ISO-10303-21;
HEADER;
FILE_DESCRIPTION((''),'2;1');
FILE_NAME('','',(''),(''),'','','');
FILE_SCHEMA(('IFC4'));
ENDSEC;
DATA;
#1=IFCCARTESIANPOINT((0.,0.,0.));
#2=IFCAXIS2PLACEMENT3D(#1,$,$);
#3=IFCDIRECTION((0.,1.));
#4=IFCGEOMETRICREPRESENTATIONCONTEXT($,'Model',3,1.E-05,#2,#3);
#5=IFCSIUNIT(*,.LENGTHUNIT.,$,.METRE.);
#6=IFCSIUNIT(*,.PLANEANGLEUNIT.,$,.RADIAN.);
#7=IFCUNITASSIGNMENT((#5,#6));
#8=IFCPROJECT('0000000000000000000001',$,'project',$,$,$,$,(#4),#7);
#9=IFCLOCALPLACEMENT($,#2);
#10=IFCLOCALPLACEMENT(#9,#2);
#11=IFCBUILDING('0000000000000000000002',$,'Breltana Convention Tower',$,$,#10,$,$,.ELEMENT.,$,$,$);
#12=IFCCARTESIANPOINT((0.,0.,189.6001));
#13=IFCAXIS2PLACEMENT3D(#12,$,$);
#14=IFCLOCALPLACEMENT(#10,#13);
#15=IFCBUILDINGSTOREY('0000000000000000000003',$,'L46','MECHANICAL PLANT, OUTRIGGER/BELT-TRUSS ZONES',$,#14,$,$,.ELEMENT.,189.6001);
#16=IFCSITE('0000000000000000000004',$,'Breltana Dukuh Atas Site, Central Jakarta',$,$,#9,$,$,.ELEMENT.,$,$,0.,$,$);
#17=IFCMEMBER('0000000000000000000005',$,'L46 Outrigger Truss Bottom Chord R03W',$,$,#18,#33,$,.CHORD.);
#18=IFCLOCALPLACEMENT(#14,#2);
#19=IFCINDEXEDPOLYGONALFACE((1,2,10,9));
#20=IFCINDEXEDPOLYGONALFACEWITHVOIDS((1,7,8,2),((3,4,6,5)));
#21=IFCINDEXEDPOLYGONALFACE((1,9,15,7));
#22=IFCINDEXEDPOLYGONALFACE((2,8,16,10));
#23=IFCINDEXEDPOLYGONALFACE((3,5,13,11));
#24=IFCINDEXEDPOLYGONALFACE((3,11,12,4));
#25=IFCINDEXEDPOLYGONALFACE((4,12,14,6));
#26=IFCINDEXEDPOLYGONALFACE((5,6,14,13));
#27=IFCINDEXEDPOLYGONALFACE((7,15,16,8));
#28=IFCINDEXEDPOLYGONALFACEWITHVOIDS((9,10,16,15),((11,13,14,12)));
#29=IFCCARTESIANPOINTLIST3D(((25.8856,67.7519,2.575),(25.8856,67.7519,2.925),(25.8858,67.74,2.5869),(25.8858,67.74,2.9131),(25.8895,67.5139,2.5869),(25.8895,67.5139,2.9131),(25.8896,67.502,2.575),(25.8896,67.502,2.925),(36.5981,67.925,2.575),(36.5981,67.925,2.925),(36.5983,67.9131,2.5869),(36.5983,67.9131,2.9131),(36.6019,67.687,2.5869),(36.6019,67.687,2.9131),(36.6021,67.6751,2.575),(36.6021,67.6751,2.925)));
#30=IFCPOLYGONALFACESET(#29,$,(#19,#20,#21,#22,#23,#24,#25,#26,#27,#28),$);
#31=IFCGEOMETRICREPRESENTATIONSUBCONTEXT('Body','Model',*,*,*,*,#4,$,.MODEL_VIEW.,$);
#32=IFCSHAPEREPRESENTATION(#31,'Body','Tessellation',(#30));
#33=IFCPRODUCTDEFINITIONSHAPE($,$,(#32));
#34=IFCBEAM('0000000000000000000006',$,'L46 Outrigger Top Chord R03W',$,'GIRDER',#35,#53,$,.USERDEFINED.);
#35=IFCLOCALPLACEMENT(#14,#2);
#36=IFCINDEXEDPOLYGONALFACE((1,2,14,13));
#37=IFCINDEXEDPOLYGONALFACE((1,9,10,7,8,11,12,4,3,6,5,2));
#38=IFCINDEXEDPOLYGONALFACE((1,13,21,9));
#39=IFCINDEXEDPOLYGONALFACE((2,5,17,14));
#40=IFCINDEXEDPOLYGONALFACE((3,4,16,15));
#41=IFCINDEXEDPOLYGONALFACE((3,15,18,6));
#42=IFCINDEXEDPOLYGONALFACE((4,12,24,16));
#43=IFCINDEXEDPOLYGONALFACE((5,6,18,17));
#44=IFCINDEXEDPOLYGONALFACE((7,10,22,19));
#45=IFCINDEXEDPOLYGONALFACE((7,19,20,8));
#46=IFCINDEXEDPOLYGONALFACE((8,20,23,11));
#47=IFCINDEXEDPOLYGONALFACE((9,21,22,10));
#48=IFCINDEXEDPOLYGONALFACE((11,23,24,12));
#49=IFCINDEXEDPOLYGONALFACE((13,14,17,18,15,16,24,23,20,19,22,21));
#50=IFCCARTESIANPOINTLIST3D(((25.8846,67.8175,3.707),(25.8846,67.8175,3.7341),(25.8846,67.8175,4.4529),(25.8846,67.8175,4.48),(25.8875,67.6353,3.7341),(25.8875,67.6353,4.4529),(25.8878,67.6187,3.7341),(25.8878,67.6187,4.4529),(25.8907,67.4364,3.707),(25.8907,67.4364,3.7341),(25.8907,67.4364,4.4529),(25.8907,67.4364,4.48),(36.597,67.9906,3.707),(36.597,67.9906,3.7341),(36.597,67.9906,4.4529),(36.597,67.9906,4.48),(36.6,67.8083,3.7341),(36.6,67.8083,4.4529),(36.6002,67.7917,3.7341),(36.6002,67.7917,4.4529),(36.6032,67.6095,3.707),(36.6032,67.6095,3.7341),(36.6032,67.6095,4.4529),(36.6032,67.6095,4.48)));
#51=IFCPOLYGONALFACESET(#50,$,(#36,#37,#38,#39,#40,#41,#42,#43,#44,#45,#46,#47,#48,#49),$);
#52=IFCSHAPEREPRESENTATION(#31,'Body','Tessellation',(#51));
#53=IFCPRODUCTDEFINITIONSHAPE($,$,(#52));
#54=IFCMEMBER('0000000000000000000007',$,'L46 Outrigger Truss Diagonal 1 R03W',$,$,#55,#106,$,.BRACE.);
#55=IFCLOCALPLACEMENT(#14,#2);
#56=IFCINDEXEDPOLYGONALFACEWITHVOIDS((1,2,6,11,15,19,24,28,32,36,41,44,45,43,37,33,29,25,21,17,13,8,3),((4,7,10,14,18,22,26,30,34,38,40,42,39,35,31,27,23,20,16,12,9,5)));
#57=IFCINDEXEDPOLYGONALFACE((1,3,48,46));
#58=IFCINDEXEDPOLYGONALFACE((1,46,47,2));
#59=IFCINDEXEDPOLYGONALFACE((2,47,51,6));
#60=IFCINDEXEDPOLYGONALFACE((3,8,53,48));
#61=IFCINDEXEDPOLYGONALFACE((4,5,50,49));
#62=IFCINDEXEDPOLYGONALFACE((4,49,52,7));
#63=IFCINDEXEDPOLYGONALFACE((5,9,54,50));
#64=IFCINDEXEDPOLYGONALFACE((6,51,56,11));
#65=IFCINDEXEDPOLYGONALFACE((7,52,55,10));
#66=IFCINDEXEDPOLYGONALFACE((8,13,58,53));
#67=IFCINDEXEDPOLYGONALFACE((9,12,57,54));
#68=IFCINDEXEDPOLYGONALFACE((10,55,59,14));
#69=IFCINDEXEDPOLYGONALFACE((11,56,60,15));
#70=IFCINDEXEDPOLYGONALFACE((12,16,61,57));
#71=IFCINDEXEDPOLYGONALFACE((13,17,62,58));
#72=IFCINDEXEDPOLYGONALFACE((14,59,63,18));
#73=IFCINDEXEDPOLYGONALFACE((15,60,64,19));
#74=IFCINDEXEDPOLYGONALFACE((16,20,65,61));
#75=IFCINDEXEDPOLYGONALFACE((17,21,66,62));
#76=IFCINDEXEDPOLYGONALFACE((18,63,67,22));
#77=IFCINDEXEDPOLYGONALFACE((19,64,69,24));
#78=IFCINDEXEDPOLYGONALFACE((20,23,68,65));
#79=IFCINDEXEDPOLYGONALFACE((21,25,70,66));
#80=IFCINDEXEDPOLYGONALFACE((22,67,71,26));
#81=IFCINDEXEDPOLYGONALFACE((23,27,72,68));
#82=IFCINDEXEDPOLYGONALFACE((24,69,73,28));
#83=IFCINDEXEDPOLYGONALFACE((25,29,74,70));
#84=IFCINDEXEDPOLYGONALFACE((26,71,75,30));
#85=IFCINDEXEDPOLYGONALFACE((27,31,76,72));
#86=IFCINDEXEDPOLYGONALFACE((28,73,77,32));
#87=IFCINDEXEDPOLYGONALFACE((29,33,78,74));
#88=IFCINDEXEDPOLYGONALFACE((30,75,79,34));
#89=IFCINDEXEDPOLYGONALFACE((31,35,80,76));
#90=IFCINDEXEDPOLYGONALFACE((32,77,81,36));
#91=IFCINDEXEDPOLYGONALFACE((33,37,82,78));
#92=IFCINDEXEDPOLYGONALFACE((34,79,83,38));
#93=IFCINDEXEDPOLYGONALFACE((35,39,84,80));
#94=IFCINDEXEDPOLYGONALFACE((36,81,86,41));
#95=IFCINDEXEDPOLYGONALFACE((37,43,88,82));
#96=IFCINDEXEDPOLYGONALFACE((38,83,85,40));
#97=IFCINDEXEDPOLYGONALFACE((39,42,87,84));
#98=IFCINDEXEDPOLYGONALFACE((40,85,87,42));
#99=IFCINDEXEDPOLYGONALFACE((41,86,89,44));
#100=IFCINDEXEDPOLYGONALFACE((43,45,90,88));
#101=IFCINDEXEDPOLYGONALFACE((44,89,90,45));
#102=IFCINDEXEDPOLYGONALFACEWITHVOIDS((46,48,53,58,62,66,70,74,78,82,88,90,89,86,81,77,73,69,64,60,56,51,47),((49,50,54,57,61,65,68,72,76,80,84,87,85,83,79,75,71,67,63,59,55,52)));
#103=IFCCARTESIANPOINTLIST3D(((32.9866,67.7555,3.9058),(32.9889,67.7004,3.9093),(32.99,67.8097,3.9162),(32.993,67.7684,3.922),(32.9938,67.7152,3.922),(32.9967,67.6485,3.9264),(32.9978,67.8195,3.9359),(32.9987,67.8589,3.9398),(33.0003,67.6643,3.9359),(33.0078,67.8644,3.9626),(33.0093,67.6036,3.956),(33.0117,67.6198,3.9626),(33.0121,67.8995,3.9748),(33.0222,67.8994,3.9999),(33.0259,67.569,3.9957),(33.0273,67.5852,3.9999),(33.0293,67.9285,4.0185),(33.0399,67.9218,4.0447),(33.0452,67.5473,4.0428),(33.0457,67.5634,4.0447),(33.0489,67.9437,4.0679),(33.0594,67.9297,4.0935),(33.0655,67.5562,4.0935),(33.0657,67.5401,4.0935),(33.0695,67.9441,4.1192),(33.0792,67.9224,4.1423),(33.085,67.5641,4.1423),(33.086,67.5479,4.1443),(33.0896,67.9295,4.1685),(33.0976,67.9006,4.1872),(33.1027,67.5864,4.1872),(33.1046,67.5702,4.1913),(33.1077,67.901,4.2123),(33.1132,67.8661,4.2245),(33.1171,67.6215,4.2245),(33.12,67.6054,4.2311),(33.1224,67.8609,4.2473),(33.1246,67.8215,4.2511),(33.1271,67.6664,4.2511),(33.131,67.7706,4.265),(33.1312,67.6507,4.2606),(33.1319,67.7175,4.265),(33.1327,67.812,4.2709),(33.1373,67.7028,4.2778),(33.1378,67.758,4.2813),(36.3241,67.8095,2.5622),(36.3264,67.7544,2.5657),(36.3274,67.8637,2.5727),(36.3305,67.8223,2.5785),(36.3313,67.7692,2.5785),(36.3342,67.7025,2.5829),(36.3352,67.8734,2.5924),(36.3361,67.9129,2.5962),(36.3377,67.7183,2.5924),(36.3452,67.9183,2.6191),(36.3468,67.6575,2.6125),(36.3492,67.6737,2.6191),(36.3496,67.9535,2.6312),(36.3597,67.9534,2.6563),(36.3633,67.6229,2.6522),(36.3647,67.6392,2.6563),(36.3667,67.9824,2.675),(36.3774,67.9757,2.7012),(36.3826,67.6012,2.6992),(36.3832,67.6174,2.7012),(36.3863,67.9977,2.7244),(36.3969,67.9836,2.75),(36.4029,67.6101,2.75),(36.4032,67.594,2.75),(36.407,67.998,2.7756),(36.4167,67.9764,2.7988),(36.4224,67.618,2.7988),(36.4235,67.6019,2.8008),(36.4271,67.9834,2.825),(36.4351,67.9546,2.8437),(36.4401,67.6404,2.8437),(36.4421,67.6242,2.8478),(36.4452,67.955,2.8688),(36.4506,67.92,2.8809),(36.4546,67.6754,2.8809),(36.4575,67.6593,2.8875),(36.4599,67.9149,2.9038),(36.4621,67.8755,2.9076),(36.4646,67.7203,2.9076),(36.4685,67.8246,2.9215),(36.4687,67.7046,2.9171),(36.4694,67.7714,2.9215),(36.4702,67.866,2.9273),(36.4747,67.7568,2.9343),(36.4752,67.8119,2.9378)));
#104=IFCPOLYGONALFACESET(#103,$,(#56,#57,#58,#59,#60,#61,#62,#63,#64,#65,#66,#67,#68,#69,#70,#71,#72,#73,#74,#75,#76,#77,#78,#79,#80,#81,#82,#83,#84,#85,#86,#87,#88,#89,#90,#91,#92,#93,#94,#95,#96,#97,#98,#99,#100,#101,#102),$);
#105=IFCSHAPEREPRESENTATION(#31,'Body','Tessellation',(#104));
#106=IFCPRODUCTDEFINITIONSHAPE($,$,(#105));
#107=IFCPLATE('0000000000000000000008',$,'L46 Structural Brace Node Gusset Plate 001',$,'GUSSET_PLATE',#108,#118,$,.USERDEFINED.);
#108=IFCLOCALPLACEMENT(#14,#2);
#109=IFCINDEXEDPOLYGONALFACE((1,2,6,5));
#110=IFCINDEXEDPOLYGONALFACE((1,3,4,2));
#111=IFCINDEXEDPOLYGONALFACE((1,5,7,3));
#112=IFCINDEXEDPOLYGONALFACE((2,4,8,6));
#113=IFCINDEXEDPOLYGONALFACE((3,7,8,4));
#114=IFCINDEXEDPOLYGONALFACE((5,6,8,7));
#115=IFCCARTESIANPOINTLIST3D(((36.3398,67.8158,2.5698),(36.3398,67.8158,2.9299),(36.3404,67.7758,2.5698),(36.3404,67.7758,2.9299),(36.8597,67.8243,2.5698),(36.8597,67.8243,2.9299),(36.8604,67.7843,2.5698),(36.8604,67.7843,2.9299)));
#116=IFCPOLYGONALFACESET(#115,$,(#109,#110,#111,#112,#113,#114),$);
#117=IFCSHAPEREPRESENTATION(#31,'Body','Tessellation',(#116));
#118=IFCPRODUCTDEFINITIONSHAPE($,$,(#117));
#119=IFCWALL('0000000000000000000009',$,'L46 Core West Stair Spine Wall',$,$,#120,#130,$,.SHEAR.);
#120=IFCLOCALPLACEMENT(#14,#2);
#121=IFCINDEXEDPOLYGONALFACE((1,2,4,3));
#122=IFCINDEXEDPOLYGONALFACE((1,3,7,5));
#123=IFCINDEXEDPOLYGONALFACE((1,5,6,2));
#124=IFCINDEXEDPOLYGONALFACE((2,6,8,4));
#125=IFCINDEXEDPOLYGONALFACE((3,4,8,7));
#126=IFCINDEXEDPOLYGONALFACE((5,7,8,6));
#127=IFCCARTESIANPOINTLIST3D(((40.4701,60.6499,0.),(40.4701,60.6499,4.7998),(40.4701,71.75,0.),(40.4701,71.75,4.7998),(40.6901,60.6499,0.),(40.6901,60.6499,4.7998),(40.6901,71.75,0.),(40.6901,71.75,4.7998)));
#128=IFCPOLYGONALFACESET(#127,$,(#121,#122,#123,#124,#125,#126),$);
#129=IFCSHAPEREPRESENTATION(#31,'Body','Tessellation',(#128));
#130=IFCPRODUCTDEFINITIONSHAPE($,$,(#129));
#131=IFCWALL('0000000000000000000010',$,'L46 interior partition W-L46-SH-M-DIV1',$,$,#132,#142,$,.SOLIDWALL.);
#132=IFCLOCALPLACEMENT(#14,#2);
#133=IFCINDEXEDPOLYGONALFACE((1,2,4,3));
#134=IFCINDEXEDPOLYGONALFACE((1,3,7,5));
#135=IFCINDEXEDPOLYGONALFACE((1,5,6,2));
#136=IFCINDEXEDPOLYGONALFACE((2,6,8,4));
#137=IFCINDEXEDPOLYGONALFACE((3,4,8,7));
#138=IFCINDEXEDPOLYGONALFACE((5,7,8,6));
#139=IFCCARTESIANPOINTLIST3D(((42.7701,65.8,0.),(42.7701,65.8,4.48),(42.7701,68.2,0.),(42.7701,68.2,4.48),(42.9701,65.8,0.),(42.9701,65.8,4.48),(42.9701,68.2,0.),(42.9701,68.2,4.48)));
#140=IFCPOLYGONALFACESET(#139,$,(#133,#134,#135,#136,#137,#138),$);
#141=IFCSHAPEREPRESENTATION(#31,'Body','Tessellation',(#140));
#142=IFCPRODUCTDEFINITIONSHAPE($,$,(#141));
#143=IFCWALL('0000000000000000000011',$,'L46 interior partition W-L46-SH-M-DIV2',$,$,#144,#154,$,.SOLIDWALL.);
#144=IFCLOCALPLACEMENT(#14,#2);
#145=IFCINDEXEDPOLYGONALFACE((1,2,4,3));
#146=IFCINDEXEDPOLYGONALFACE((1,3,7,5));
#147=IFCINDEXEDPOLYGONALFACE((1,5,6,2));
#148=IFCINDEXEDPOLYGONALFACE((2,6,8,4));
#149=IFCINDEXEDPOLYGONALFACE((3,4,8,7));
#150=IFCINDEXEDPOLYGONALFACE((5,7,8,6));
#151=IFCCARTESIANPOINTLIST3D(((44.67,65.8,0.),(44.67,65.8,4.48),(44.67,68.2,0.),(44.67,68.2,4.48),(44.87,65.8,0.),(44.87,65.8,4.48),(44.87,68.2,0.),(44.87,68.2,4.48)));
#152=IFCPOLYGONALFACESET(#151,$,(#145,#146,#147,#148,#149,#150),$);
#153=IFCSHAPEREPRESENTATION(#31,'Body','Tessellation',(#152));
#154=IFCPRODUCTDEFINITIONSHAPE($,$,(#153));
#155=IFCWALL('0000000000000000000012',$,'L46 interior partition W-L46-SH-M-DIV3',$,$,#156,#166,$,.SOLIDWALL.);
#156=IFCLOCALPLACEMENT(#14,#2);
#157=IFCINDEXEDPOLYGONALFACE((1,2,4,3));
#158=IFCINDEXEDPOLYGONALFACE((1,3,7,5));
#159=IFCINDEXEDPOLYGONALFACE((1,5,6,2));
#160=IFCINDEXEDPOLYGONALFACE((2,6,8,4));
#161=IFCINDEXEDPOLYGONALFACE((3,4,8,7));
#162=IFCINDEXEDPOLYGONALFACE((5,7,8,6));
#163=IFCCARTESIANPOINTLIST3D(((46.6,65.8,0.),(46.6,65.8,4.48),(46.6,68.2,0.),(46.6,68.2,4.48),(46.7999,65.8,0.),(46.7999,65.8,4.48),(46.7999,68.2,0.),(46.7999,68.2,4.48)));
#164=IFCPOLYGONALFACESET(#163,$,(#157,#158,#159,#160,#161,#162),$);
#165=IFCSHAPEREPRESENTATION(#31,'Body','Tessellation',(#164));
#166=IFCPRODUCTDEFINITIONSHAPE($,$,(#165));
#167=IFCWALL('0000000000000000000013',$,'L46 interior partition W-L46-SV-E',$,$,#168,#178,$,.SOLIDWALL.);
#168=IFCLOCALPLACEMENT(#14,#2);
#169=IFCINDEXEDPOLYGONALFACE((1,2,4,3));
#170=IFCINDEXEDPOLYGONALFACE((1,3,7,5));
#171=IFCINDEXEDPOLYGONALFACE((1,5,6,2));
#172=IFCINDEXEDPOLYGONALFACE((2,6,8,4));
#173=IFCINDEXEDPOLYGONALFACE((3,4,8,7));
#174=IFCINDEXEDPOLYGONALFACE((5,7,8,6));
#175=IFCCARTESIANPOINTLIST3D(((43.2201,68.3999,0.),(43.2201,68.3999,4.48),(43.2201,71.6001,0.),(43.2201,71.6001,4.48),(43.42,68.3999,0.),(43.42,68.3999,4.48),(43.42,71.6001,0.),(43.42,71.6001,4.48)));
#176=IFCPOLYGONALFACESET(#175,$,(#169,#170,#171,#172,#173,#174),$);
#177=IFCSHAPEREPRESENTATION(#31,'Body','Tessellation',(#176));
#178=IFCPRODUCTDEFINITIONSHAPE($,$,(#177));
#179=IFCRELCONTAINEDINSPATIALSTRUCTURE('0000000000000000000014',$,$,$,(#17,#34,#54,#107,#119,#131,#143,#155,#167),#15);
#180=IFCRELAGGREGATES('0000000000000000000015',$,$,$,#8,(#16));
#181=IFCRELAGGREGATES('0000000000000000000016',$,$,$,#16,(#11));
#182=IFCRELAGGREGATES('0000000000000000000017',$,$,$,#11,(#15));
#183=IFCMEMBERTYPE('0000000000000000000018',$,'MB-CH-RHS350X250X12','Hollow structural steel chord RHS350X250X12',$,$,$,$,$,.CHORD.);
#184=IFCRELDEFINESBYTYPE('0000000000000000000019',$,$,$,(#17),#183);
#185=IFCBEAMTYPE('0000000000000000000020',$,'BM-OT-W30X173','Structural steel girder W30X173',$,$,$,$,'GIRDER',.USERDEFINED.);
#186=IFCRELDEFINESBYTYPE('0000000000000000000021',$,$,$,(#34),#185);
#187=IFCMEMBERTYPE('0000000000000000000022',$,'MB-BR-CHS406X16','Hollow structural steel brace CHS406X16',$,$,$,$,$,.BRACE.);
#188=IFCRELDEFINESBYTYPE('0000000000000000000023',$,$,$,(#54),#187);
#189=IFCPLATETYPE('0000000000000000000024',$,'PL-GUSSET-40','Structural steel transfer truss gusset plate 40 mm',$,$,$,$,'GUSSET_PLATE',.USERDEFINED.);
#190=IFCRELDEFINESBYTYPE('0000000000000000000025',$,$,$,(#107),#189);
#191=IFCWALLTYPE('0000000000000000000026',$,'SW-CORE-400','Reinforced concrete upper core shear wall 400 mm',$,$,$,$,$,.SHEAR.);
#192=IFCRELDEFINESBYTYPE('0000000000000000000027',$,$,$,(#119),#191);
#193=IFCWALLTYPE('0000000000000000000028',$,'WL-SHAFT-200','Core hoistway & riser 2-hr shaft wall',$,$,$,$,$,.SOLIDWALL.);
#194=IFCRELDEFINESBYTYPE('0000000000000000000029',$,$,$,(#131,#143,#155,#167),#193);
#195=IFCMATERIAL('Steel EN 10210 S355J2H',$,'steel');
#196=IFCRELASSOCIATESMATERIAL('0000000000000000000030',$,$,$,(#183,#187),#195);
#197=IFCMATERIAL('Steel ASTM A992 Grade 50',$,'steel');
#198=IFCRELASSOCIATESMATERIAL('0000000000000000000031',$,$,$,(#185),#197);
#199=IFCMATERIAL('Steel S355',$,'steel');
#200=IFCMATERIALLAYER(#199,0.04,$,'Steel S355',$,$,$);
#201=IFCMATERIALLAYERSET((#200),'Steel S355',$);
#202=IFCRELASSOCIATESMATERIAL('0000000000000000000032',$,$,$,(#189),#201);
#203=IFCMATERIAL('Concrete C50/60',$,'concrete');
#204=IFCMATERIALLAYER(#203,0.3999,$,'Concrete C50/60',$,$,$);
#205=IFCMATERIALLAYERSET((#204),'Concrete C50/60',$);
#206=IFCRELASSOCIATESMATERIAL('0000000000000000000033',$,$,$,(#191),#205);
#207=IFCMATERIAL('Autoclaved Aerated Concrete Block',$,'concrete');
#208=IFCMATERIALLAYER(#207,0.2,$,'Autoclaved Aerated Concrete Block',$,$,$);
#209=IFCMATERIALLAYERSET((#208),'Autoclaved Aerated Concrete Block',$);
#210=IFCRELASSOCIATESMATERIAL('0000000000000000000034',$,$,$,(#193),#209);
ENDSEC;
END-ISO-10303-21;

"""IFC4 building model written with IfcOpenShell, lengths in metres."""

from ifc_helpers import new_model, si_unit, direction, frame, frame_2d, origin, origin_2d, place, context, subcontext, project, spatial, rectangle, hollow_rectangle, hollow_circle, i_section, extrude, source, transform, mapped, material, layer, layer_set, material_profile, profile_set, type_object, type_shapes, element, save


model = new_model("IFC4")

# Units and contexts
model_context = context("Model", 3, precision=1e-05, world=origin(), true_north=direction((0.0, 1.0)))
body_context = subcontext(model_context, "Body", "Model", "MODEL_VIEW")
ifc_project = project(units=[si_unit("LENGTHUNIT", "METRE"), si_unit("PLANEANGLEUNIT", "RADIAN")], contexts=[model_context])

# Site, building, storey
site_placement = place(None, origin())
site = spatial("IfcSite", under=ifc_project, at=site_placement, Name="Breltana Dukuh Atas Site, Central Jakarta", CompositionType="ELEMENT", RefElevation=0.0)
building_placement = place(site_placement, origin())
building = spatial("IfcBuilding", under=site, at=building_placement, Name="Breltana Convention Tower", CompositionType="ELEMENT")
storey_placement = place(building_placement, frame((0.0, 0.0, 189.6001)))
storey = spatial("IfcBuildingStorey", under=building, at=storey_placement, Name="L46", Description="MECHANICAL PLANT, OUTRIGGER/BELT-TRUSS ZONES", CompositionType="ELEMENT", Elevation=189.6001)

# Member
ifc_material_1 = material(Name="Steel EN 10210 S355J2H", Category="steel")
ifc_material_profile_1 = material_profile(ifc_material_1, hollow_rectangle(XDim=0.25, YDim=0.3501, WallThickness=0.012, at=origin_2d()), Name="RHS350X250X12")
ifc_profile_set_1 = profile_set([ifc_material_profile_1], Name="Steel EN 10210 S355J2H")
member_type_1 = type_object("IfcMemberType", Name="MB-CH-RHS350X250X12", Description="Hollow structural steel chord RHS350X250X12", PredefinedType="CHORD", material=ifc_profile_set_1)
shared_shape_1 = source(origin(), body_context, "Body", "SweptSolid", [
    extrude(hollow_rectangle(XDim=0.25, YDim=0.3501, WallThickness=0.012, at=origin_2d()), origin(), (0.0, 0.0, 1.0), 10.7139),
])
type_shapes(member_type_1, [shared_shape_1])
member_1_placement = place(storey_placement, frame((36.6001, 67.8, 2.75), z_axis=(-0.999869, -0.016156, 0.0), x_axis=(0.016156, -0.999869, 0.0)))
element("IfcMember", 1, at=member_1_placement, inside=storey, type_object=member_type_1, Name="L46 Outrigger Truss Bottom Chord R03W", PredefinedType="CHORD", context=body_context, shape_type="MappedRepresentation", body=[
    mapped(shared_shape_1, transform((0.0, 0.0, 0.0), scale=1.0)),
])

# Beam
ifc_material_2 = material(Name="Steel ASTM A992 Grade 50", Category="steel")
ifc_material_profile_2 = material_profile(ifc_material_2, i_section(OverallWidth=0.3811, OverallDepth=0.7729, WebThickness=0.0166, FlangeThickness=0.0271, at=origin_2d()), Name="W30X173")
ifc_profile_set_2 = profile_set([ifc_material_profile_2], Name="Steel ASTM A992 Grade 50")
beam_type = type_object("IfcBeamType", Name="BM-OT-W30X173", Description="Structural steel girder W30X173", ElementType="GIRDER", PredefinedType="USERDEFINED", material=ifc_profile_set_2)
shared_shape_2 = source(origin(), body_context, "Body", "SweptSolid", [
    extrude(i_section(OverallWidth=0.3811, OverallDepth=0.7729, WebThickness=0.0166, FlangeThickness=0.0271, at=origin_2d()), origin(), (0.0, 0.0, 1.0), 10.7139),
])
type_shapes(beam_type, [shared_shape_2])
beam_placement = place(storey_placement, frame((36.6001, 67.8, 4.0935), z_axis=(-0.999869, -0.016156, 0.0), x_axis=(0.016156, -0.999869, 0.0)))
element("IfcBeam", 2, at=beam_placement, inside=storey, type_object=beam_type, Name="L46 Outrigger Top Chord R03W", ObjectType="GIRDER", PredefinedType="USERDEFINED", context=body_context, shape_type="MappedRepresentation", body=[
    mapped(shared_shape_2, transform((0.0, 0.0, 0.0), scale=1.0)),
])

# Member
ifc_material_profile_3 = material_profile(ifc_material_1, hollow_circle(Radius=0.2029, WallThickness=0.0161, at=origin_2d()), Name="CHS406X16")
ifc_profile_set_3 = profile_set([ifc_material_profile_3], Name="Steel EN 10210 S355J2H")
member_type_2 = type_object("IfcMemberType", Name="MB-BR-CHS406X16", Description="Hollow structural steel brace CHS406X16", PredefinedType="BRACE", material=ifc_profile_set_3)
shared_shape_3 = source(origin(), body_context, "Body", "SweptSolid", [
    extrude(hollow_circle(Radius=0.2029, WallThickness=0.0161, at=origin_2d()), origin(), (0.0, 0.0, 1.0), 3.5981),
])
type_shapes(member_type_2, [shared_shape_3])
member_2_placement = place(storey_placement, frame((36.3999, 67.7969, 2.75), z_axis=(-0.927551, -0.014996, 0.373395), x_axis=(0.016165, -0.999869, 0.0)))
element("IfcMember", 3, at=member_2_placement, inside=storey, type_object=member_type_2, Name="L46 Outrigger Truss Diagonal 1 R03W", PredefinedType="BRACE", context=body_context, shape_type="MappedRepresentation", body=[
    mapped(shared_shape_3, transform((0.0, 0.0, 0.0), scale=1.0)),
])

# Plate
ifc_material_3 = material(Name="Steel S355", Category="steel")
ifc_layer_1 = layer(ifc_material_3, 0.04, Name="Steel S355")
ifc_layer_set_1 = layer_set([ifc_layer_1], Name="Steel S355")
plate_type = type_object("IfcPlateType", Name="PL-GUSSET-40", Description="Structural steel transfer truss gusset plate 40 mm", ElementType="GUSSET_PLATE", PredefinedType="USERDEFINED", material=ifc_layer_set_1)
shared_shape_4 = source(origin(), body_context, "Body", "SweptSolid", [
    extrude(rectangle(XDim=0.52, YDim=0.04, at=origin_2d()), origin(), (0.0, 0.0, 1.0), 0.3601),
])
plate_placement = place(storey_placement, frame((36.6001, 67.8, 2.5698), z_axis=(0.0, 0.0, 1.0), x_axis=(-0.999868, -0.016231, 0.0)))
element("IfcPlate", 4, at=plate_placement, inside=storey, type_object=plate_type, Name="L46 Structural Brace Node Gusset Plate 001", ObjectType="GUSSET_PLATE", PredefinedType="USERDEFINED", context=body_context, shape_type="MappedRepresentation", body=[
    mapped(shared_shape_4, transform((0.0, 0.0, 0.0), scale=1.0)),
])

# Walls
ifc_material_4 = material(Name="Concrete C50/60", Category="concrete")
ifc_layer_2 = layer(ifc_material_4, 0.3999, Name="Concrete C50/60")
ifc_layer_set_2 = layer_set([ifc_layer_2], Name="Concrete C50/60")
wall_type_1 = type_object("IfcWallType", Name="SW-CORE-400", Description="Reinforced concrete upper core shear wall 400 mm", PredefinedType="SHEAR", material=ifc_layer_set_2)
shared_shape_5 = source(origin(), body_context, "Body", "SweptSolid", [
    extrude(rectangle(XDim=11.1001, YDim=0.22, at=frame_2d((5.55, 0.0))), origin(), (0.0, 0.0, 1.0), 4.7998),
])
wall_1_placement = place(storey_placement, frame((40.5801, 60.6499, 0.0), z_axis=(0.0, 0.0, 1.0), x_axis=(0.0, 1.0, 0.0)))
element("IfcWall", 5, at=wall_1_placement, inside=storey, type_object=wall_type_1, Name="L46 Core West Stair Spine Wall", PredefinedType="SHEAR", context=body_context, shape_type="MappedRepresentation", body=[
    mapped(shared_shape_5, transform((0.0, 0.0, 0.0), scale=1.0)),
])
ifc_material_5 = material(Name="Autoclaved Aerated Concrete Block", Category="concrete")
ifc_layer_3 = layer(ifc_material_5, 0.2, Name="Autoclaved Aerated Concrete Block")
ifc_layer_set_3 = layer_set([ifc_layer_3], Name="Autoclaved Aerated Concrete Block")
wall_type_2 = type_object("IfcWallType", Name="WL-SHAFT-200", Description="Core hoistway & riser 2-hr shaft wall", PredefinedType="SOLIDWALL", material=ifc_layer_set_3)
shared_shape_6 = source(origin(), body_context, "Body", "SweptSolid", [
    extrude(rectangle(XDim=2.3999, YDim=0.2, at=frame_2d((1.2, 0.0))), origin(), (0.0, 0.0, 1.0), 4.48),
])
for number, where, z_axis, x_axis, name in (
    (6, (42.8701, 65.8, 0.0), (0.0, 0.0, 1.0), (0.0, 1.0, 0.0), "L46 interior partition W-L46-SH-M-DIV1"),
    (7, (44.77, 65.8, 0.0), (0.0, 0.0, 1.0), (0.0, 1.0, 0.0), "L46 interior partition W-L46-SH-M-DIV2"),
    (8, (46.7, 65.8, 0.0), (0.0, 0.0, 1.0), (0.0, 1.0, 0.0), "L46 interior partition W-L46-SH-M-DIV3"),
):
    element("IfcWall", number, at=place(storey_placement, frame(where, z_axis=z_axis, x_axis=x_axis)), inside=storey, type_object=wall_type_2, Name=name, PredefinedType="SOLIDWALL", context=body_context, shape_type="MappedRepresentation", body=[
        mapped(shared_shape_6, transform((0.0, 0.0, 0.0), scale=1.0)),
    ])
shared_shape_7 = source(origin(), body_context, "Body", "SweptSolid", [
    extrude(rectangle(XDim=3.2002, YDim=0.2, at=frame_2d((1.6001, 0.0))), origin(), (0.0, 0.0, 1.0), 4.48),
])
wall_2_placement = place(storey_placement, frame((43.3201, 68.3999, 0.0), z_axis=(0.0, 0.0, 1.0), x_axis=(0.0, 1.0, 0.0)))
element("IfcWall", 9, at=wall_2_placement, inside=storey, type_object=wall_type_2, Name="L46 interior partition W-L46-SV-E", PredefinedType="SOLIDWALL", context=body_context, shape_type="MappedRepresentation", body=[
    mapped(shared_shape_7, transform((0.0, 0.0, 0.0), scale=1.0)),
])

save(model, "model.ifc")
